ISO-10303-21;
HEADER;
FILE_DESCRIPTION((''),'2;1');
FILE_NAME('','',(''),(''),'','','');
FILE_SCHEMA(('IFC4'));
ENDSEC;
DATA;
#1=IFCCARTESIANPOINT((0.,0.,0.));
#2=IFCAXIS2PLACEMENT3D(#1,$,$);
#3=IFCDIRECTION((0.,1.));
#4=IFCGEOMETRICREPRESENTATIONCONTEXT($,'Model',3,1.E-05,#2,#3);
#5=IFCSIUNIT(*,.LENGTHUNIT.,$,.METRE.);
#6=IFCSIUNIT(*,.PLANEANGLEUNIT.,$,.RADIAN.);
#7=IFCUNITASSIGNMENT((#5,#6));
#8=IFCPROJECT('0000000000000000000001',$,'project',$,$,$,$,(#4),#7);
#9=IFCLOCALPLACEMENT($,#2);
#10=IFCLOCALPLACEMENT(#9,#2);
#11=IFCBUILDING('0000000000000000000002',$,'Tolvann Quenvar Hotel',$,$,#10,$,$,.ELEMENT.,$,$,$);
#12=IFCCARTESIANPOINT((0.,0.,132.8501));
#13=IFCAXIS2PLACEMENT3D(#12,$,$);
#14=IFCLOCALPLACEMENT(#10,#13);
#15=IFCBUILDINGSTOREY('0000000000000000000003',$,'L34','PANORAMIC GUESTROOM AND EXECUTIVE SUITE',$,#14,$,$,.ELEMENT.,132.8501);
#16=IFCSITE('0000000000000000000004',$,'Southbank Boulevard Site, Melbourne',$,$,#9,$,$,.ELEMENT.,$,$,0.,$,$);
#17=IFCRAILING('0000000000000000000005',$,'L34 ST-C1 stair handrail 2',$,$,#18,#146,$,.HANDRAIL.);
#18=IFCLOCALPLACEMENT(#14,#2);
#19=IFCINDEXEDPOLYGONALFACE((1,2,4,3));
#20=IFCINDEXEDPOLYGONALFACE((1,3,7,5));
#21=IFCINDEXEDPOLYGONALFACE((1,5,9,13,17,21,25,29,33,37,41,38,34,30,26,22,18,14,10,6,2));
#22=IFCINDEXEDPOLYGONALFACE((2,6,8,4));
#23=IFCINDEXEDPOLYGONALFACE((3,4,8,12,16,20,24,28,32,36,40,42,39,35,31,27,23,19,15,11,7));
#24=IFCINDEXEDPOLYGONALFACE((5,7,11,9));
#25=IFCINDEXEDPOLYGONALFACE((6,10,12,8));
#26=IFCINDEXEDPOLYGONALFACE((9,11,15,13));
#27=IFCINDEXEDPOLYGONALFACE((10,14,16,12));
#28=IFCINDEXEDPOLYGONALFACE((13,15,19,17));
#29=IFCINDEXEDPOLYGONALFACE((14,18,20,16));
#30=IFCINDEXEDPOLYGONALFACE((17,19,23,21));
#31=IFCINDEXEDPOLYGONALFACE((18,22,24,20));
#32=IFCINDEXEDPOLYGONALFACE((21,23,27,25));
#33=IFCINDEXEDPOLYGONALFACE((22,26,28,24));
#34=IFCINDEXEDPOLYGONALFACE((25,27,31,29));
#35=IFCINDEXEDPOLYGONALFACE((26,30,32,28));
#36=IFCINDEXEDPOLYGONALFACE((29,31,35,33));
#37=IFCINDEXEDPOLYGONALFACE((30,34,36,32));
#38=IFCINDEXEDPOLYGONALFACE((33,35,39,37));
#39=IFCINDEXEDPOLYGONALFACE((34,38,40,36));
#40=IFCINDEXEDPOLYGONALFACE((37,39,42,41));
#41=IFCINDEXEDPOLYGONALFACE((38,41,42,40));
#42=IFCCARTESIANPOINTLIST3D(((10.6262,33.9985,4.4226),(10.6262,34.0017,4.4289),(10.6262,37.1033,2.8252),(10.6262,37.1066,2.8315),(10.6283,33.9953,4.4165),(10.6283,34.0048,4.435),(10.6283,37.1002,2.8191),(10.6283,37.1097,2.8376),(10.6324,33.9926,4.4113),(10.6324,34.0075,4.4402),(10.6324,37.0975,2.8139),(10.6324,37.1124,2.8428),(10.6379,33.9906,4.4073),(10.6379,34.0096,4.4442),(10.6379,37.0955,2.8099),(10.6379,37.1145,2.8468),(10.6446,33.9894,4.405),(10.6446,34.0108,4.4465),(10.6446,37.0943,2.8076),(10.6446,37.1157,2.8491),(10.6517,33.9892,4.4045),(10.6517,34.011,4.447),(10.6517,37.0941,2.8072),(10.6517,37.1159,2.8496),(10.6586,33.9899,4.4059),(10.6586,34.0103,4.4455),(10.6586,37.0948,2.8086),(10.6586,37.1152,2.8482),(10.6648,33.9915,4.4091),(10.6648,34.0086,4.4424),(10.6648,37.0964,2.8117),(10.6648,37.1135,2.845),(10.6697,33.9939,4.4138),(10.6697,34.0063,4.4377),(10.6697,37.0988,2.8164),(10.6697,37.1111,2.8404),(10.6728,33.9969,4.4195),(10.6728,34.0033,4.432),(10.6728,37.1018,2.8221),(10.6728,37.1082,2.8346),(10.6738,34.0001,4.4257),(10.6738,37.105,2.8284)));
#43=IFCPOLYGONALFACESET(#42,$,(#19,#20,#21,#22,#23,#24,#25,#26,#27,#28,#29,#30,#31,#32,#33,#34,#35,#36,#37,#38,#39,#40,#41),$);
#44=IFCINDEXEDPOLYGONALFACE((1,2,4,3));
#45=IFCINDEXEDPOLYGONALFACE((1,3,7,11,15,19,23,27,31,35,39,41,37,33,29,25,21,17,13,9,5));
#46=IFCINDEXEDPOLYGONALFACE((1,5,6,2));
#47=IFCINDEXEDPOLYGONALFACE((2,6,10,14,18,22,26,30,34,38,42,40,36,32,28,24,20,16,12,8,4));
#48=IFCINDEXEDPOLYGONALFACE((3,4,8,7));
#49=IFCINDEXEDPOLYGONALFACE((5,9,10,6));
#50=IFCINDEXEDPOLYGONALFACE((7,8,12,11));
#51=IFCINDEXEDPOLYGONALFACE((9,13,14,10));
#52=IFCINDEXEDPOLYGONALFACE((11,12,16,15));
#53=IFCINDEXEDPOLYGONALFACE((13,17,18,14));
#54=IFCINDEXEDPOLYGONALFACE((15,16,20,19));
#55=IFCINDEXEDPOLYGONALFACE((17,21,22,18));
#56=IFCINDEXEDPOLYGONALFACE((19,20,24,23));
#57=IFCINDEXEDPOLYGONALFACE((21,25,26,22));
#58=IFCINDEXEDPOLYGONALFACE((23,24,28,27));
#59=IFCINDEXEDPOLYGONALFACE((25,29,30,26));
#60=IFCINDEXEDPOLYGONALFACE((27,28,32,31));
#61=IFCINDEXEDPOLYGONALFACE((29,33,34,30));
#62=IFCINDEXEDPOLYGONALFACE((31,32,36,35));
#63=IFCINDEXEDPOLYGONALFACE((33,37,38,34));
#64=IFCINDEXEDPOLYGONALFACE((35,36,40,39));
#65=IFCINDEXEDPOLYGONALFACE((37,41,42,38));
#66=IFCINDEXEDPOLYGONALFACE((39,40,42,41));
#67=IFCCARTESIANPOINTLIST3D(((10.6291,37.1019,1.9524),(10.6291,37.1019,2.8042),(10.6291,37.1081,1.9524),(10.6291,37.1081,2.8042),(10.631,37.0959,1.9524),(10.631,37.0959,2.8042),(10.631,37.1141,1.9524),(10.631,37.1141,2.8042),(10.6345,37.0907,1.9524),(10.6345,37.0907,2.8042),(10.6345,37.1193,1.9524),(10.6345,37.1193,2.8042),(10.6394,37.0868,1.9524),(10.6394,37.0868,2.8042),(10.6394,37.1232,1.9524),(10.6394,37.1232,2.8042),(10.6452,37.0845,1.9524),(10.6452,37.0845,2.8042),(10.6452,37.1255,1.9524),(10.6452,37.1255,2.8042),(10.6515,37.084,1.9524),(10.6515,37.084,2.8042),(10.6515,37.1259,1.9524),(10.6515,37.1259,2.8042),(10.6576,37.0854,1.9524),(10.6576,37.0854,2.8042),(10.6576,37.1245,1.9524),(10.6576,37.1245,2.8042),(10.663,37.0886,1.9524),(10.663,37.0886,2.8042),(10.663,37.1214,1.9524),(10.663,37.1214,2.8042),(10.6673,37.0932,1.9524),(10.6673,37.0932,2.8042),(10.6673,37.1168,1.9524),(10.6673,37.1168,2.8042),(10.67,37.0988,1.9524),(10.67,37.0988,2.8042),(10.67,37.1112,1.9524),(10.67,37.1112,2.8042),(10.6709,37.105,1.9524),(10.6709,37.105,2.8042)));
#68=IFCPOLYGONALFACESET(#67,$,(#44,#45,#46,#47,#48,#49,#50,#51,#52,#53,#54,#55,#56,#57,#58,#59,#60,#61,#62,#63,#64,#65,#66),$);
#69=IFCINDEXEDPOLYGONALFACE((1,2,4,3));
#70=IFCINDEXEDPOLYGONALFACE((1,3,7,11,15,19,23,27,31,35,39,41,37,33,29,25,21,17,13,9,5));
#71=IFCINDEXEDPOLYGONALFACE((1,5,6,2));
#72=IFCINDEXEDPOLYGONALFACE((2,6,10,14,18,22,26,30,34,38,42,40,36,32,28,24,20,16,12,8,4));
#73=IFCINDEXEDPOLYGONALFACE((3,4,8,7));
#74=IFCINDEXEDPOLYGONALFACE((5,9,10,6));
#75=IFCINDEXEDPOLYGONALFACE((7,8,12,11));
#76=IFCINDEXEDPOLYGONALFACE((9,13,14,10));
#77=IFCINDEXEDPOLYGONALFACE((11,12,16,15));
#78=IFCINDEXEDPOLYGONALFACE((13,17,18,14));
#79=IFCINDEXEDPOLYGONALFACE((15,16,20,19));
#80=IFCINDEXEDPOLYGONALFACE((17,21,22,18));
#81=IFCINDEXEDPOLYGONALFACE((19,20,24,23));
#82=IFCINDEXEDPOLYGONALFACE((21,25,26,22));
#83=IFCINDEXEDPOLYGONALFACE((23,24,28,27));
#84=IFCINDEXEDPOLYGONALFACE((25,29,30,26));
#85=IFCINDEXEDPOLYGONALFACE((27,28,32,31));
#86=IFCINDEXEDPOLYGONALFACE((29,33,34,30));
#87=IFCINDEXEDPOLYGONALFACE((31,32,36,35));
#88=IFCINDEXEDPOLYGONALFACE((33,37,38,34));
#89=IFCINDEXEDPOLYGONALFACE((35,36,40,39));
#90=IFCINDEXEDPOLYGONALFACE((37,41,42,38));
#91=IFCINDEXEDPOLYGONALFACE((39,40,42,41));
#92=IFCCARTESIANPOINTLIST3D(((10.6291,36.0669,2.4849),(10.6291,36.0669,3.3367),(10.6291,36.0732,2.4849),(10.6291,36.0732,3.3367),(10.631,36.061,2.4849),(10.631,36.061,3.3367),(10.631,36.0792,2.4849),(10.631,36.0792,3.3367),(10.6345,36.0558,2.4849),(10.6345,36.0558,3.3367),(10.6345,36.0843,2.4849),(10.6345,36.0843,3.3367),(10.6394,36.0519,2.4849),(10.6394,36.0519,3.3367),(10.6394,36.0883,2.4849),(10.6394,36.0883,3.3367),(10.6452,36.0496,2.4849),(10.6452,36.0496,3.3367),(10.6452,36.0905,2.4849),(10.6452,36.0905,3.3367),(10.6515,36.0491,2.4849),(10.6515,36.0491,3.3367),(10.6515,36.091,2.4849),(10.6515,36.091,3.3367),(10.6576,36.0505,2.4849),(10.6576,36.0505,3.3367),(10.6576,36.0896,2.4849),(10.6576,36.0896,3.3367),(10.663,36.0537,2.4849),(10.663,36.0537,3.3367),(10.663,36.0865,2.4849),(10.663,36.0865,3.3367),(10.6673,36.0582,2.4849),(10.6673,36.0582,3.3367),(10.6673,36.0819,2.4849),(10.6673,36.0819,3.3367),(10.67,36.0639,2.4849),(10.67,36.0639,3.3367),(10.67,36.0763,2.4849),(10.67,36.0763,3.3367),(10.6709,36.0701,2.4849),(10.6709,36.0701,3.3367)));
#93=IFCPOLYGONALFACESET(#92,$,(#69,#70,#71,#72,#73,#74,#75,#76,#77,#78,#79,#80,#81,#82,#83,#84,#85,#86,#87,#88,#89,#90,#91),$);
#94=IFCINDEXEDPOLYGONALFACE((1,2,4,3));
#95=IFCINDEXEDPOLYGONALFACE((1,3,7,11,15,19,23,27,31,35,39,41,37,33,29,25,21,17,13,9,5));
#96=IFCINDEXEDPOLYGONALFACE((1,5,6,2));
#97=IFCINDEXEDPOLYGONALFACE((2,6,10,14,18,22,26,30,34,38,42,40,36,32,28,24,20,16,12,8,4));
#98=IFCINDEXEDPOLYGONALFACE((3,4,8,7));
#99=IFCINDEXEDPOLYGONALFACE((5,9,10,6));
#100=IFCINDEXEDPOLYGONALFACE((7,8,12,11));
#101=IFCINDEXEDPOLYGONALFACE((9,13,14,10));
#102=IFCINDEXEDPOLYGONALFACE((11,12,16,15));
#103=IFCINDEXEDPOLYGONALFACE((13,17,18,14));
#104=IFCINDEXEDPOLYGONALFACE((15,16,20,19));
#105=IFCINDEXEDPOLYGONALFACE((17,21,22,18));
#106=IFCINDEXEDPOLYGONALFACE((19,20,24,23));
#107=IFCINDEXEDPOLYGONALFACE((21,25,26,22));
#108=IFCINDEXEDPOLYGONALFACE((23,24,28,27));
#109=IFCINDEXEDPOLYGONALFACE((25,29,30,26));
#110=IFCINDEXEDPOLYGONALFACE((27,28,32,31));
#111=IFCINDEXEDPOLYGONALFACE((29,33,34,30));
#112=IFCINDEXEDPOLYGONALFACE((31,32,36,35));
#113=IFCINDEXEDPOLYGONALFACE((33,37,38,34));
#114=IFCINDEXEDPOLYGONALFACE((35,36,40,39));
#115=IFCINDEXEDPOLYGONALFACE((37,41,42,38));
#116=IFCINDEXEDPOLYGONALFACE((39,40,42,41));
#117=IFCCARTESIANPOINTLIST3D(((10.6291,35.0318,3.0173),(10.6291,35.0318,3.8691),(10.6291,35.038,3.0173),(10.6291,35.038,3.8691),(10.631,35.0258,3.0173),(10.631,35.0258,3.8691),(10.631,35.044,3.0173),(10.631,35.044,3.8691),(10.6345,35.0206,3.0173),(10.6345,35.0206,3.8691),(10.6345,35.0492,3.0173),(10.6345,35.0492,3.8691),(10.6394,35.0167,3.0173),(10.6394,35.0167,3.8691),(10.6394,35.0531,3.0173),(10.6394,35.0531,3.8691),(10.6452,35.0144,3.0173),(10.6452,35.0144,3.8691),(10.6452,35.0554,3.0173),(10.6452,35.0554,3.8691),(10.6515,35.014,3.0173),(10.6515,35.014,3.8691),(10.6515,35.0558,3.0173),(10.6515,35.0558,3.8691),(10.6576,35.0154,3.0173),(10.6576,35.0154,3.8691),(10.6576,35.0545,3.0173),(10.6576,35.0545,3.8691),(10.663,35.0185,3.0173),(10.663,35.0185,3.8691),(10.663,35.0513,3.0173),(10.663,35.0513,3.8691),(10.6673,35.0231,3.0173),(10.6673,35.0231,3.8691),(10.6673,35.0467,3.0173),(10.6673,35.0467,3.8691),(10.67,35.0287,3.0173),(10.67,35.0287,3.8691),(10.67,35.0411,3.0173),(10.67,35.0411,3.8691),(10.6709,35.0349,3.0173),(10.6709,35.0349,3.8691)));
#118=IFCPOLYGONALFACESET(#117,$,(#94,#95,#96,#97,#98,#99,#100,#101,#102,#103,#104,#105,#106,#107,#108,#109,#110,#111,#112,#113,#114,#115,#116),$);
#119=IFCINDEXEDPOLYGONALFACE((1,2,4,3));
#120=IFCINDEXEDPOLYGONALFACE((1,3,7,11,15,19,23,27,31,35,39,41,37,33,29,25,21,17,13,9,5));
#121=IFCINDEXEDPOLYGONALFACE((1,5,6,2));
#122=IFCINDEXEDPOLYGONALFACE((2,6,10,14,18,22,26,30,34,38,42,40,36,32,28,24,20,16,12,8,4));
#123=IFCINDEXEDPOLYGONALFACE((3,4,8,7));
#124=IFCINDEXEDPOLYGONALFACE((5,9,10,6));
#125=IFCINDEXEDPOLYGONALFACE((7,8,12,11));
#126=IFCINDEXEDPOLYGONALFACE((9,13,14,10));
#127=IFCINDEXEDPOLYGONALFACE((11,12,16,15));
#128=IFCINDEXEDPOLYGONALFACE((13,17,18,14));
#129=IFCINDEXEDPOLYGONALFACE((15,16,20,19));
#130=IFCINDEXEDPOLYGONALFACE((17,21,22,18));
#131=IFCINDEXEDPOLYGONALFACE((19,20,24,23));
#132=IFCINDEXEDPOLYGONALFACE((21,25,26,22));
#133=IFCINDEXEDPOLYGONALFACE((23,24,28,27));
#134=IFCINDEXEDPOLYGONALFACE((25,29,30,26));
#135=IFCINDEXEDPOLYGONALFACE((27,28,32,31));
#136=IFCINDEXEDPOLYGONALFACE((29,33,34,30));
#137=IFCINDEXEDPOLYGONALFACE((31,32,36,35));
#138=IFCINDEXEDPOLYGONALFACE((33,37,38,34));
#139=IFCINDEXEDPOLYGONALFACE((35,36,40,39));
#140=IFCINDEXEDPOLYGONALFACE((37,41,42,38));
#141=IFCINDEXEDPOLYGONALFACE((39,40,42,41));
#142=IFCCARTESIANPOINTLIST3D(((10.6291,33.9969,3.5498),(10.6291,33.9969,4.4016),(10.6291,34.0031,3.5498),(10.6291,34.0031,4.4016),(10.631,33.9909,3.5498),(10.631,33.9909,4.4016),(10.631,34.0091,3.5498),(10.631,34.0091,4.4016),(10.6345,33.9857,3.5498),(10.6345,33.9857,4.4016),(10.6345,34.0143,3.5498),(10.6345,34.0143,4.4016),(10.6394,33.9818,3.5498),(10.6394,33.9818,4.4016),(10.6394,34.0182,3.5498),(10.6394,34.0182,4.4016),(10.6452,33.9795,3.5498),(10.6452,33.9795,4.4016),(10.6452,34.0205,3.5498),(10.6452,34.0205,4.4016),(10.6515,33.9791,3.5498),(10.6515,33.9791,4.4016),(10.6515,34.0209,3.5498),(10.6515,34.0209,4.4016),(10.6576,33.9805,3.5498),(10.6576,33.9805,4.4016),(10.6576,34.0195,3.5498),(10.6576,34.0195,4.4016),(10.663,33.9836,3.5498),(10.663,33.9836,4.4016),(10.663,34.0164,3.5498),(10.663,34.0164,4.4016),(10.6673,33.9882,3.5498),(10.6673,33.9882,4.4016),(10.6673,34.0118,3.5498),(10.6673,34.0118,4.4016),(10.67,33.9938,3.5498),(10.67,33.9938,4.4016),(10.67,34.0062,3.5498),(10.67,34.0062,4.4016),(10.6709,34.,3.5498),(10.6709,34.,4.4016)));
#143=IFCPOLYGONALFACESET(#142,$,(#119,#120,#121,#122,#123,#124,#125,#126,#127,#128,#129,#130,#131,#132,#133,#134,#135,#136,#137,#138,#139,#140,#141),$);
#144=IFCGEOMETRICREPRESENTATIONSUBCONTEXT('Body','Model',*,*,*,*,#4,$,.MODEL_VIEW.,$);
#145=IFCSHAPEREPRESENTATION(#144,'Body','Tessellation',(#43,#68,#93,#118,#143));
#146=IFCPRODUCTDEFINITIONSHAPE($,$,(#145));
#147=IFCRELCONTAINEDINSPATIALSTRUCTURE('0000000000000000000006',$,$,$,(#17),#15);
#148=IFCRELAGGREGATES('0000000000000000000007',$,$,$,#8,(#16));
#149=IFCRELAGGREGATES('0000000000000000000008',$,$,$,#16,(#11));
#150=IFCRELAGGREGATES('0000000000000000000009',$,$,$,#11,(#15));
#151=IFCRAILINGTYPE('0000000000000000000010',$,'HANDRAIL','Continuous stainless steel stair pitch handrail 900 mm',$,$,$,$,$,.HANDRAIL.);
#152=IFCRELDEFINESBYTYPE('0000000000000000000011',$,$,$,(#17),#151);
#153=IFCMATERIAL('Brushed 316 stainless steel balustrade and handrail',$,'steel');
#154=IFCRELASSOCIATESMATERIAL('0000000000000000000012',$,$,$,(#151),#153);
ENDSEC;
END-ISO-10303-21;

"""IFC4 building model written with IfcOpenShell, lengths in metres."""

from ifc_helpers import new_model, si_unit, direction, frame, origin, origin_2d, place, context, subcontext, project, spatial, circle, extrude, material, type_object, element, save


model = new_model("IFC4")

# Units and contexts
model_context = context("Model", 3, precision=1e-05, world=origin(), true_north=direction((0.0, 1.0)))
body_context = subcontext(model_context, "Body", "Model", "MODEL_VIEW")
ifc_project = project(units=[si_unit("LENGTHUNIT", "METRE"), si_unit("PLANEANGLEUNIT", "RADIAN")], contexts=[model_context])

# Site, building, storey
site_placement = place(None, origin())
site = spatial("IfcSite", under=ifc_project, at=site_placement, Name="Southbank Boulevard Site, Melbourne", CompositionType="ELEMENT", RefElevation=0.0)
building_placement = place(site_placement, origin())
building = spatial("IfcBuilding", under=site, at=building_placement, Name="Tolvann Quenvar Hotel", CompositionType="ELEMENT")
storey_placement = place(building_placement, frame((0.0, 0.0, 132.8501)))
storey = spatial("IfcBuildingStorey", under=building, at=storey_placement, Name="L34", Description="PANORAMIC GUESTROOM AND EXECUTIVE SUITE", CompositionType="ELEMENT", Elevation=132.8501)

# Railing
ifc_material_1 = material(Name="Brushed 316 stainless steel balustrade and handrail", Category="steel")
railing_type_1 = type_object("IfcRailingType", Name="HANDRAIL", Description="Continuous stainless steel stair pitch handrail 900 mm", PredefinedType="HANDRAIL", material=ifc_material_1)
railing_1_placement = place(storey_placement, frame((10.6499, 37.105, 1.9524)))
element("IfcRailing", 1, at=railing_1_placement, inside=storey, type_object=railing_type_1, Name="L34 ST-C1 stair handrail 2", PredefinedType="HANDRAIL", context=body_context, shape_type="SweptSolid", body=[
    extrude(circle(Radius=0.0239, at=origin_2d()), frame((0.0, 0.0, 0.876), z_axis=(0.0, -0.889222, 0.457476), x_axis=(1.0, 0.0, 0.0)), (0.0, 0.0, 1.0), 3.4917),
    extrude(circle(Radius=0.021, at=origin_2d()), origin(), (0.0, 0.0, 1.0), 0.8518),
    extrude(circle(Radius=0.021, at=origin_2d()), frame((0.0, -1.0349, 0.5325)), (0.0, 0.0, 1.0), 0.8518),
    extrude(circle(Radius=0.021, at=origin_2d()), frame((0.0, -2.0701, 1.0649)), (0.0, 0.0, 1.0), 0.8518),
    extrude(circle(Radius=0.021, at=origin_2d()), frame((0.0, -3.105, 1.5974)), (0.0, 0.0, 1.0), 0.8518),
])

save(model, "model.ifc")
